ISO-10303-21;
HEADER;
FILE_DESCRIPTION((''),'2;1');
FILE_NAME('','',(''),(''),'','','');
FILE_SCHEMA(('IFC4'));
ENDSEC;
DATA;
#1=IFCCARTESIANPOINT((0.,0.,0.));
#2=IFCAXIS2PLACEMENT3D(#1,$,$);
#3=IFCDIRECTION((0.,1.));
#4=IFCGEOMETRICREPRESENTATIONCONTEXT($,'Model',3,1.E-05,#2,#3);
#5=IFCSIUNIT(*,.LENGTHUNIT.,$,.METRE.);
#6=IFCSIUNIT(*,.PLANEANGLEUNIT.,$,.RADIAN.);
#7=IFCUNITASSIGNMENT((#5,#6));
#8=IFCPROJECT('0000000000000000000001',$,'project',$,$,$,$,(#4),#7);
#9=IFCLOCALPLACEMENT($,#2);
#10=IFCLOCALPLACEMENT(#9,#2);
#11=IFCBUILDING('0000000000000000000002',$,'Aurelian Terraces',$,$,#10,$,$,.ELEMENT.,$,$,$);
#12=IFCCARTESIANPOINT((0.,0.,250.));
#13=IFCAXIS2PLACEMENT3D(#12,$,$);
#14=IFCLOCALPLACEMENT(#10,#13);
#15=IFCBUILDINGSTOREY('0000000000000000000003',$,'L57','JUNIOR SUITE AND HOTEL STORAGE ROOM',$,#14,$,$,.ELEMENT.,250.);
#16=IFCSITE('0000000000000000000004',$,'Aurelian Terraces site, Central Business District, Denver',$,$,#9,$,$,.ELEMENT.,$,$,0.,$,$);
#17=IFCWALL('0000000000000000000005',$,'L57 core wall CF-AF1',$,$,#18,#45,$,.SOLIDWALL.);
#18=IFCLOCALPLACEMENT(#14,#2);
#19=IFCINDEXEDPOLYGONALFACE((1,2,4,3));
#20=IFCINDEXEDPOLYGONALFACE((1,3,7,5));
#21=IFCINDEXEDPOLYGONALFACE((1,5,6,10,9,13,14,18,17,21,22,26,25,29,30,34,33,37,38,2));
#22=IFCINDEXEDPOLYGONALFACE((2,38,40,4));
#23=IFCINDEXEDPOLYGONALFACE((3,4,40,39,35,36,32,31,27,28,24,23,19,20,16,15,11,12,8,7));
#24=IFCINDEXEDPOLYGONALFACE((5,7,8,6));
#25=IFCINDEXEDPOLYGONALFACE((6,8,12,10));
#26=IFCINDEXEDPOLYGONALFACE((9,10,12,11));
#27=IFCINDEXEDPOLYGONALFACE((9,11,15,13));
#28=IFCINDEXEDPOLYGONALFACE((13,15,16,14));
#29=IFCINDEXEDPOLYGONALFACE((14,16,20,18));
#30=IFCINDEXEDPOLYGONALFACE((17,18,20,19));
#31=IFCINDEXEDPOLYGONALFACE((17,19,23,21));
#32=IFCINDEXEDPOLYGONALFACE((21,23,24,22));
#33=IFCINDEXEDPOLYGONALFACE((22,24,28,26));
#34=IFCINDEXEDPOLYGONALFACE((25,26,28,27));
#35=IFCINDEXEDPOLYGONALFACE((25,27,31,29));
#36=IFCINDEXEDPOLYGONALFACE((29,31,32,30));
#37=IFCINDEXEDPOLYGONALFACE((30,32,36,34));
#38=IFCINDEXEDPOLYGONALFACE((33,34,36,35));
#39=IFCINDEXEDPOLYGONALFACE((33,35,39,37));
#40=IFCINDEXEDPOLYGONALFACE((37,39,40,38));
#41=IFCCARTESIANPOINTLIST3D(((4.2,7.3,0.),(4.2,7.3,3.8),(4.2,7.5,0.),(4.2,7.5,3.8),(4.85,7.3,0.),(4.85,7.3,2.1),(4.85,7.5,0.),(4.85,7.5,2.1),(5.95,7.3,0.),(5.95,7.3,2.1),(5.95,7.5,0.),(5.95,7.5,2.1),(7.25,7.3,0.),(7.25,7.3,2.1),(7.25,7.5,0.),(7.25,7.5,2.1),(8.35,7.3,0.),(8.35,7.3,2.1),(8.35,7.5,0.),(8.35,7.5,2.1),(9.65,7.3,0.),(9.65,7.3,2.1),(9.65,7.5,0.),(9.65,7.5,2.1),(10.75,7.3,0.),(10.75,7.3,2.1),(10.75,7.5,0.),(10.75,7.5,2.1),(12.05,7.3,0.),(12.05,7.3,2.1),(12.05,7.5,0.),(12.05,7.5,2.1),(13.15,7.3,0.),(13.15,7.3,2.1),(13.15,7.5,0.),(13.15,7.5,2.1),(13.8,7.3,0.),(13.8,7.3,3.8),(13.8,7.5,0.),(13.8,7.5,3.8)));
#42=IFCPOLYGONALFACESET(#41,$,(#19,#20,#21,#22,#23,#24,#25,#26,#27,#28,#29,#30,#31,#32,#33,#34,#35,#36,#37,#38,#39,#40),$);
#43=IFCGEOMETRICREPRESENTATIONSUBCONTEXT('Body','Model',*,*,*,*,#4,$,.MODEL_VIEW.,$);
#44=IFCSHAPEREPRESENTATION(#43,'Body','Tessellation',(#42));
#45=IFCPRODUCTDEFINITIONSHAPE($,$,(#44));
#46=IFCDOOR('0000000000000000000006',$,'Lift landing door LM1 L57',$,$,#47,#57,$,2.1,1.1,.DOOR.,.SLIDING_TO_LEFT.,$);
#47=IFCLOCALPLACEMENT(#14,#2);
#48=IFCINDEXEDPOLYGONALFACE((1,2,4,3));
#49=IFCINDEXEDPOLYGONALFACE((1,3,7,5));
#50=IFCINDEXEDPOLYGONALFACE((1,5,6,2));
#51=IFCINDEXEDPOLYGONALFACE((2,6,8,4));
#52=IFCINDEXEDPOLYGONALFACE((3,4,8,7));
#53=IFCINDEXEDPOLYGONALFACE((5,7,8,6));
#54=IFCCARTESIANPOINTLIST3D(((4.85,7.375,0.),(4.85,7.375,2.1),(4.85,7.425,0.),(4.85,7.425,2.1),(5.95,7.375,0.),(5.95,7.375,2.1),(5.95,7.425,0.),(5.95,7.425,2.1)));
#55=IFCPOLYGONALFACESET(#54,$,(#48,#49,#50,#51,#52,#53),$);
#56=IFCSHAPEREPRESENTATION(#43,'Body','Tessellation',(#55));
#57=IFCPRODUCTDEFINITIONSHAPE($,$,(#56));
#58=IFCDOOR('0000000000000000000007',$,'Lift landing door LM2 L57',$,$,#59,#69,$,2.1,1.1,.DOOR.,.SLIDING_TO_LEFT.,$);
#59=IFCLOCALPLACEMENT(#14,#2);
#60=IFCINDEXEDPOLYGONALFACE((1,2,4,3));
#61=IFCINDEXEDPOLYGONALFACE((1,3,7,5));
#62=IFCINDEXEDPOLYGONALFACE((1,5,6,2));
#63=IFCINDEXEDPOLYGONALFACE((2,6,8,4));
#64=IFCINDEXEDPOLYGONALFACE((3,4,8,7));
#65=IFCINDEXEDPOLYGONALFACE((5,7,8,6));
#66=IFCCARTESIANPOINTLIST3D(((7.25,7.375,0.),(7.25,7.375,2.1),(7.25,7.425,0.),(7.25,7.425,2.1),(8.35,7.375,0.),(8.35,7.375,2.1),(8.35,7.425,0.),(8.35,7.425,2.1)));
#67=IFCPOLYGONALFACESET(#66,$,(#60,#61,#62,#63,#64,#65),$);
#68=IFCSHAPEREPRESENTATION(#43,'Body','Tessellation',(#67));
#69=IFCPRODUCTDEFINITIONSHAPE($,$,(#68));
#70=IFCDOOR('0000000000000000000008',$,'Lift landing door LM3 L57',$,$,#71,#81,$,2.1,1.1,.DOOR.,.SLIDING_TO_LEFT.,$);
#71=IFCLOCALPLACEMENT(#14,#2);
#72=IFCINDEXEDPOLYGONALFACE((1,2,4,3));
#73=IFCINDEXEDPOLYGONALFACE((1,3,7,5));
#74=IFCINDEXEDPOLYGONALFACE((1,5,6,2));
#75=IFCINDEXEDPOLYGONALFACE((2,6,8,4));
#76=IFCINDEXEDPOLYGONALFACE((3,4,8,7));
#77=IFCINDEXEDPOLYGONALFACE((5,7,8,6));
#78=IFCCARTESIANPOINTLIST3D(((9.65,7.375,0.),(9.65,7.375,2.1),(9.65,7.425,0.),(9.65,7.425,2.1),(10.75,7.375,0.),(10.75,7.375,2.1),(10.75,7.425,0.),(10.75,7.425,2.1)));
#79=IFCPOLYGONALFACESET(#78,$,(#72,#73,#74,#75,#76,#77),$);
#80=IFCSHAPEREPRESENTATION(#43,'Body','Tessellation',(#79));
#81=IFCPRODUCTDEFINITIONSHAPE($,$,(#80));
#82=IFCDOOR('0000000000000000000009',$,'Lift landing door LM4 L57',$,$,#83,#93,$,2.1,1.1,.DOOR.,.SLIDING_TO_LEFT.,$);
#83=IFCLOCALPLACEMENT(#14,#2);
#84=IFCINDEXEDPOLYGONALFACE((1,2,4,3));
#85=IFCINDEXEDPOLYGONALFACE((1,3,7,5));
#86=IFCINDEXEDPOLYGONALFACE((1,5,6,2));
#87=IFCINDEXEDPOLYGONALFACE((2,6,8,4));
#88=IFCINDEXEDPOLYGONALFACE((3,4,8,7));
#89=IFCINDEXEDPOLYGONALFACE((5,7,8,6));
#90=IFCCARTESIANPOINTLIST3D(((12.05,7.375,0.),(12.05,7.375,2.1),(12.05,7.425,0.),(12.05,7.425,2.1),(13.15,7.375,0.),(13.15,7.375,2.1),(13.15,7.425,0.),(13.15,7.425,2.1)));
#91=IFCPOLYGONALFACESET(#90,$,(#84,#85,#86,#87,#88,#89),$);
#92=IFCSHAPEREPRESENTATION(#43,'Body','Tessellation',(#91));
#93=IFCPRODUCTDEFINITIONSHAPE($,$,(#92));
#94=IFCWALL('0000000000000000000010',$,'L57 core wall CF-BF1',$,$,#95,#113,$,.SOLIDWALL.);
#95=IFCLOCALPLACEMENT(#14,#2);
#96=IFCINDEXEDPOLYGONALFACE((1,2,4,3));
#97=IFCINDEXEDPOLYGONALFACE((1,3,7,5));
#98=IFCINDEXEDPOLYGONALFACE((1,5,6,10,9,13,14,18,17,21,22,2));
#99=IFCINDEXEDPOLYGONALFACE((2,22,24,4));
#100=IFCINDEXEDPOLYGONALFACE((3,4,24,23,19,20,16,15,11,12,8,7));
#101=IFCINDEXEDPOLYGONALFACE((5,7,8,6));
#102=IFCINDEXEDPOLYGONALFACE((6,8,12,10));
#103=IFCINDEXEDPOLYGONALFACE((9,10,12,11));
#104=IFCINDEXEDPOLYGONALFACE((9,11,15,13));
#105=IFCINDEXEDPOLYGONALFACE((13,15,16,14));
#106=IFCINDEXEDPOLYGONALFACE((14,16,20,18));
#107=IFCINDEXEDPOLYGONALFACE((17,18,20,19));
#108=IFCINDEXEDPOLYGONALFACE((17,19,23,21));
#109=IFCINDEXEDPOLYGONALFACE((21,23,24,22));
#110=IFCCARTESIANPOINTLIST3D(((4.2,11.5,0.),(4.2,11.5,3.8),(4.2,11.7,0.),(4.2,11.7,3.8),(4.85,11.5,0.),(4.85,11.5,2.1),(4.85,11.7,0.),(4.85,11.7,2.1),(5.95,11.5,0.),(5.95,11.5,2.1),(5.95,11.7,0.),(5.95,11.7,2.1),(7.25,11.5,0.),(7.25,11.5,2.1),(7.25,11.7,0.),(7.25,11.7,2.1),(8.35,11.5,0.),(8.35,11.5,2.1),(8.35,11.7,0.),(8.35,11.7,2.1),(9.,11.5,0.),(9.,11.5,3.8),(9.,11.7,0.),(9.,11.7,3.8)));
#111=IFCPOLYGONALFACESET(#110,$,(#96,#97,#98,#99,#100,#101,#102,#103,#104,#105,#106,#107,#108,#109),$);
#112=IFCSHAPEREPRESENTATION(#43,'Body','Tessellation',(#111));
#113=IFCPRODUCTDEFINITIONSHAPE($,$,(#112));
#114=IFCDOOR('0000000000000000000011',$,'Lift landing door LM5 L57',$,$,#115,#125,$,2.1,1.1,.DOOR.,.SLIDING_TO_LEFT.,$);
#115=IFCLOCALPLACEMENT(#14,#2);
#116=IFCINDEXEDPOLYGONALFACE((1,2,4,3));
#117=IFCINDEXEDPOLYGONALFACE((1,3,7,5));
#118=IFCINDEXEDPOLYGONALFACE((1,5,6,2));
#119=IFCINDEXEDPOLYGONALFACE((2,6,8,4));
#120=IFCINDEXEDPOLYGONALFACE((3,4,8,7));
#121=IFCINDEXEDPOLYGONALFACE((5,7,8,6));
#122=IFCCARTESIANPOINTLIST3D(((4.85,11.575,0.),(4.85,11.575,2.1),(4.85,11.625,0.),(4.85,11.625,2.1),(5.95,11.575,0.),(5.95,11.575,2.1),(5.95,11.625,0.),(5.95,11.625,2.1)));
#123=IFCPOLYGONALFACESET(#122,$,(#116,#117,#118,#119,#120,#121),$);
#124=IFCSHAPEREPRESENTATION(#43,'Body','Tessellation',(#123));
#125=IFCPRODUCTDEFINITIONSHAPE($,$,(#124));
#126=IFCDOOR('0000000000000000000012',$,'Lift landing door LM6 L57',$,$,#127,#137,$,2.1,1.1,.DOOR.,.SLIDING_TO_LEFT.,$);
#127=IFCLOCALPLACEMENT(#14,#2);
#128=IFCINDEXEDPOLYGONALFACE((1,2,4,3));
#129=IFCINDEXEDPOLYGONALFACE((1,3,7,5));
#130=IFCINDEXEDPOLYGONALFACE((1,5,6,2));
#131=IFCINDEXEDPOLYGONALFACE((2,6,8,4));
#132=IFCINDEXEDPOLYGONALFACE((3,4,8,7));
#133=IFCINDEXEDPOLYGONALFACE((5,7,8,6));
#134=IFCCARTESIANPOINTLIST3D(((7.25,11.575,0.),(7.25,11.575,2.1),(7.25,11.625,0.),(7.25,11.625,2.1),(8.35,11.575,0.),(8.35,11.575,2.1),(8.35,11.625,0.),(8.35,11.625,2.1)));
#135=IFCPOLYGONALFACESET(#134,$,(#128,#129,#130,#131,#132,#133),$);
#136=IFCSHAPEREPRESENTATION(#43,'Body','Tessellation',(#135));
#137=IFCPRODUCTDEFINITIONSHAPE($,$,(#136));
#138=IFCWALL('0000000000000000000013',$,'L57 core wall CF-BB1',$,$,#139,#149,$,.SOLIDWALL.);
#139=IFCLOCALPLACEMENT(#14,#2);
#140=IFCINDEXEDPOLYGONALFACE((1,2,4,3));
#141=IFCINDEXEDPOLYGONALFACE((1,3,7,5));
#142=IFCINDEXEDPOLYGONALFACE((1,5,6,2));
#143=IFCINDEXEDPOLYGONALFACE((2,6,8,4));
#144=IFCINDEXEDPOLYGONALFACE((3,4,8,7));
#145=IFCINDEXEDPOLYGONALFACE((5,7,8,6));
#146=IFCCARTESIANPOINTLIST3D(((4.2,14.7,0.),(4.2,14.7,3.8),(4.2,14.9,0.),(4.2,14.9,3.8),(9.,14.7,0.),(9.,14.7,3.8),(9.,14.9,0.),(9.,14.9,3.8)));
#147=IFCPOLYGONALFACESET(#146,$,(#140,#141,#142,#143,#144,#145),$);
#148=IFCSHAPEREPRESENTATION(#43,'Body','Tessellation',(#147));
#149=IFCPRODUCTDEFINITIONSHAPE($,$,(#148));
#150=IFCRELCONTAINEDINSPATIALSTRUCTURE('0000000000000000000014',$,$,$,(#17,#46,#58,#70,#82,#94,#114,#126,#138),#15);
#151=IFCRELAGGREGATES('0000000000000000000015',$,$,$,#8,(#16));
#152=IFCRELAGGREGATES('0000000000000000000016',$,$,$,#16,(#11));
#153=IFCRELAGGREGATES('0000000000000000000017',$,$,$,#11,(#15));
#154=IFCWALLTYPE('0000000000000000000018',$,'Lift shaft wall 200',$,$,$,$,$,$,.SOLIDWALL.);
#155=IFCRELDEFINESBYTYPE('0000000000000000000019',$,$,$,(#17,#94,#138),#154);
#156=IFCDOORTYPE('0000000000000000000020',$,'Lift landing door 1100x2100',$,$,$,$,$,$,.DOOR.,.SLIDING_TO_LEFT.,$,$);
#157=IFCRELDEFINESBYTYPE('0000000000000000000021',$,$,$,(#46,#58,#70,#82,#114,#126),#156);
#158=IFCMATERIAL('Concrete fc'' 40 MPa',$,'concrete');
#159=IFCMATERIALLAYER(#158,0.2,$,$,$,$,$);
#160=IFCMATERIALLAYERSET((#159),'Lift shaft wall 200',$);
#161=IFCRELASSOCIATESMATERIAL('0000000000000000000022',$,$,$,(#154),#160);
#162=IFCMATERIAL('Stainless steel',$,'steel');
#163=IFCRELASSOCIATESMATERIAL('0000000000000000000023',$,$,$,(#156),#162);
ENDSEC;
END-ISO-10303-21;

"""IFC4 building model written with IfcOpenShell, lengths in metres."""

from ifc_helpers import new_model, si_unit, direction, frame, frame_2d, origin, place, context, subcontext, project, spatial, rectangle, extrude, source, transform, mapped, material, layer, layer_set, type_object, element, fill, save


model = new_model("IFC4")

# Units and contexts
model_context = context("Model", 3, precision=1e-05, world=origin(), true_north=direction((0.0, 1.0)))
body_context = subcontext(model_context, "Body", "Model", "MODEL_VIEW")
ifc_project = project(units=[si_unit("LENGTHUNIT", "METRE"), si_unit("PLANEANGLEUNIT", "RADIAN")], contexts=[model_context])

# Site, building, storey
site_placement = place(None, origin())
site = spatial("IfcSite", under=ifc_project, at=site_placement, Name="Aurelian Terraces site, Central Business District, Denver", CompositionType="ELEMENT", RefElevation=0.0)
building_placement = place(site_placement, origin())
building = spatial("IfcBuilding", under=site, at=building_placement, Name="Aurelian Terraces", CompositionType="ELEMENT")
storey_placement = place(building_placement, frame((0.0, 0.0, 250.0)))
storey = spatial("IfcBuildingStorey", under=building, at=storey_placement, Name="L57", Description="JUNIOR SUITE AND HOTEL STORAGE ROOM", CompositionType="ELEMENT", Elevation=250.0)

# Shared definitions
ifc_material_1 = material(Name="Concrete fc' 40 MPa", Category="concrete")

# Shared definitions
ifc_layer_1 = layer(ifc_material_1, 0.2)
ifc_layer_set_1 = layer_set([ifc_layer_1], Name="Lift shaft wall 200")
wall_type_1 = type_object("IfcWallType", Name="Lift shaft wall 200", PredefinedType="SOLIDWALL", material=ifc_layer_set_1)

# Walls, openings, doors
shared_shape_1 = source(origin(), body_context, "Body", "SweptSolid", [
    extrude(rectangle(XDim=9.6, YDim=0.2, at=frame_2d((4.8, 0.0))), origin(), (0.0, 0.0, 1.0), 3.8),
])
wall_1_placement = place(storey_placement, frame((4.2, 7.4, 0.0), z_axis=(0.0, 0.0, 1.0), x_axis=(1.0, 0.0, 0.0)))
wall_1 = element("IfcWall", 1, at=wall_1_placement, inside=storey, type_object=wall_type_1, Name="L57 core wall CF-AF1", PredefinedType="SOLIDWALL", context=body_context, shape_type="MappedRepresentation", body=[
    mapped(shared_shape_1, transform((0.0, 0.0, 0.0), scale=1.0)),
])
shared_shape_2 = source(origin(), body_context, "Body", "SweptSolid", [
    extrude(rectangle(XDim=1.1, YDim=2.1, at=frame_2d((0.55, 1.05))), frame((0.0, 0.11, 0.0), z_axis=(0.0, -1.0, 0.0), x_axis=(1.0, 0.0, 0.0)), (0.0, 0.0, 1.0), 0.22),
])
opening_1_placement = place(wall_1_placement, frame((0.65, 0.0, 0.0)))
opening_1 = element("IfcOpeningElement", 2, at=opening_1_placement, cuts=wall_1, PredefinedType="OPENING", context=body_context, shape_type="MappedRepresentation", body=[
    mapped(shared_shape_2, transform((0.0, 0.0, 0.0), scale=1.0)),
])
opening_2_placement = place(wall_1_placement, frame((3.05, 0.0, 0.0)))
opening_2 = element("IfcOpeningElement", 3, at=opening_2_placement, cuts=wall_1, PredefinedType="OPENING", context=body_context, shape_type="MappedRepresentation", body=[
    mapped(shared_shape_2, transform((0.0, 0.0, 0.0), scale=1.0)),
])
opening_3_placement = place(wall_1_placement, frame((5.45, 0.0, 0.0)))
opening_3 = element("IfcOpeningElement", 4, at=opening_3_placement, cuts=wall_1, PredefinedType="OPENING", context=body_context, shape_type="MappedRepresentation", body=[
    mapped(shared_shape_2, transform((0.0, 0.0, 0.0), scale=1.0)),
])
opening_4_placement = place(wall_1_placement, frame((7.85, 0.0, 0.0)))
opening_4 = element("IfcOpeningElement", 5, at=opening_4_placement, cuts=wall_1, PredefinedType="OPENING", context=body_context, shape_type="MappedRepresentation", body=[
    mapped(shared_shape_2, transform((0.0, 0.0, 0.0), scale=1.0)),
])
ifc_material_2 = material(Name="Stainless steel", Category="steel")
door_type_1 = type_object("IfcDoorType", Name="Lift landing door 1100x2100", OperationType="SLIDING_TO_LEFT", PredefinedType="DOOR", material=ifc_material_2)
shared_shape_3 = source(origin(), body_context, "Body", "SweptSolid", [
    extrude(rectangle(XDim=1.1, YDim=2.1, at=frame_2d((0.55, 1.05))), frame((0.0, 0.025, 0.0), z_axis=(0.0, -1.0, 0.0), x_axis=(1.0, 0.0, 0.0)), (0.0, 0.0, 1.0), 0.05),
])
door_1_placement = place(opening_1_placement, origin())
door_1 = element("IfcDoor", 6, at=door_1_placement, inside=storey, type_object=door_type_1, Name="Lift landing door LM1 L57", OperationType="SLIDING_TO_LEFT", OverallHeight=2.1, OverallWidth=1.1, PredefinedType="DOOR", context=body_context, shape_type="MappedRepresentation", body=[
    mapped(shared_shape_3, transform((0.0, 0.0, 0.0), scale=1.0)),
])
fill(opening_1, door_1)
door_2_placement = place(opening_2_placement, origin())
door_2 = element("IfcDoor", 7, at=door_2_placement, inside=storey, type_object=door_type_1, Name="Lift landing door LM2 L57", OperationType="SLIDING_TO_LEFT", OverallHeight=2.1, OverallWidth=1.1, PredefinedType="DOOR", context=body_context, shape_type="MappedRepresentation", body=[
    mapped(shared_shape_3, transform((0.0, 0.0, 0.0), scale=1.0)),
])
fill(opening_2, door_2)
door_3_placement = place(opening_3_placement, origin())
door_3 = element("IfcDoor", 8, at=door_3_placement, inside=storey, type_object=door_type_1, Name="Lift landing door LM3 L57", OperationType="SLIDING_TO_LEFT", OverallHeight=2.1, OverallWidth=1.1, PredefinedType="DOOR", context=body_context, shape_type="MappedRepresentation", body=[
    mapped(shared_shape_3, transform((0.0, 0.0, 0.0), scale=1.0)),
])
fill(opening_3, door_3)
door_4_placement = place(opening_4_placement, origin())
door_4 = element("IfcDoor", 9, at=door_4_placement, inside=storey, type_object=door_type_1, Name="Lift landing door LM4 L57", OperationType="SLIDING_TO_LEFT", OverallHeight=2.1, OverallWidth=1.1, PredefinedType="DOOR", context=body_context, shape_type="MappedRepresentation", body=[
    mapped(shared_shape_3, transform((0.0, 0.0, 0.0), scale=1.0)),
])
fill(opening_4, door_4)
shared_shape_4 = source(origin(), body_context, "Body", "SweptSolid", [
    extrude(rectangle(XDim=4.8, YDim=0.2, at=frame_2d((2.4, 0.0))), origin(), (0.0, 0.0, 1.0), 3.8),
])
wall_2_placement = place(storey_placement, frame((4.2, 11.6, 0.0), z_axis=(0.0, 0.0, 1.0), x_axis=(1.0, 0.0, 0.0)))
wall_2 = element("IfcWall", 10, at=wall_2_placement, inside=storey, type_object=wall_type_1, Name="L57 core wall CF-BF1", PredefinedType="SOLIDWALL", context=body_context, shape_type="MappedRepresentation", body=[
    mapped(shared_shape_4, transform((0.0, 0.0, 0.0), scale=1.0)),
])
opening_5_placement = place(wall_2_placement, frame((0.65, 0.0, 0.0)))
opening_5 = element("IfcOpeningElement", 11, at=opening_5_placement, cuts=wall_2, PredefinedType="OPENING", context=body_context, shape_type="MappedRepresentation", body=[
    mapped(shared_shape_2, transform((0.0, 0.0, 0.0), scale=1.0)),
])
opening_6_placement = place(wall_2_placement, frame((3.05, 0.0, 0.0)))
opening_6 = element("IfcOpeningElement", 12, at=opening_6_placement, cuts=wall_2, PredefinedType="OPENING", context=body_context, shape_type="MappedRepresentation", body=[
    mapped(shared_shape_2, transform((0.0, 0.0, 0.0), scale=1.0)),
])
door_5_placement = place(opening_5_placement, origin())
door_5 = element("IfcDoor", 13, at=door_5_placement, inside=storey, type_object=door_type_1, Name="Lift landing door LM5 L57", OperationType="SLIDING_TO_LEFT", OverallHeight=2.1, OverallWidth=1.1, PredefinedType="DOOR", context=body_context, shape_type="MappedRepresentation", body=[
    mapped(shared_shape_3, transform((0.0, 0.0, 0.0), scale=1.0)),
])
fill(opening_5, door_5)
door_6_placement = place(opening_6_placement, origin())
door_6 = element("IfcDoor", 14, at=door_6_placement, inside=storey, type_object=door_type_1, Name="Lift landing door LM6 L57", OperationType="SLIDING_TO_LEFT", OverallHeight=2.1, OverallWidth=1.1, PredefinedType="DOOR", context=body_context, shape_type="MappedRepresentation", body=[
    mapped(shared_shape_3, transform((0.0, 0.0, 0.0), scale=1.0)),
])
fill(opening_6, door_6)

# Wall
wall_3_placement = place(storey_placement, frame((4.2, 14.8, 0.0), z_axis=(0.0, 0.0, 1.0), x_axis=(1.0, 0.0, 0.0)))
element("IfcWall", 15, at=wall_3_placement, inside=storey, type_object=wall_type_1, Name="L57 core wall CF-BB1", PredefinedType="SOLIDWALL", context=body_context, shape_type="MappedRepresentation", body=[
    mapped(shared_shape_4, transform((0.0, 0.0, 0.0), scale=1.0)),
])

save(model, "model.ifc")
